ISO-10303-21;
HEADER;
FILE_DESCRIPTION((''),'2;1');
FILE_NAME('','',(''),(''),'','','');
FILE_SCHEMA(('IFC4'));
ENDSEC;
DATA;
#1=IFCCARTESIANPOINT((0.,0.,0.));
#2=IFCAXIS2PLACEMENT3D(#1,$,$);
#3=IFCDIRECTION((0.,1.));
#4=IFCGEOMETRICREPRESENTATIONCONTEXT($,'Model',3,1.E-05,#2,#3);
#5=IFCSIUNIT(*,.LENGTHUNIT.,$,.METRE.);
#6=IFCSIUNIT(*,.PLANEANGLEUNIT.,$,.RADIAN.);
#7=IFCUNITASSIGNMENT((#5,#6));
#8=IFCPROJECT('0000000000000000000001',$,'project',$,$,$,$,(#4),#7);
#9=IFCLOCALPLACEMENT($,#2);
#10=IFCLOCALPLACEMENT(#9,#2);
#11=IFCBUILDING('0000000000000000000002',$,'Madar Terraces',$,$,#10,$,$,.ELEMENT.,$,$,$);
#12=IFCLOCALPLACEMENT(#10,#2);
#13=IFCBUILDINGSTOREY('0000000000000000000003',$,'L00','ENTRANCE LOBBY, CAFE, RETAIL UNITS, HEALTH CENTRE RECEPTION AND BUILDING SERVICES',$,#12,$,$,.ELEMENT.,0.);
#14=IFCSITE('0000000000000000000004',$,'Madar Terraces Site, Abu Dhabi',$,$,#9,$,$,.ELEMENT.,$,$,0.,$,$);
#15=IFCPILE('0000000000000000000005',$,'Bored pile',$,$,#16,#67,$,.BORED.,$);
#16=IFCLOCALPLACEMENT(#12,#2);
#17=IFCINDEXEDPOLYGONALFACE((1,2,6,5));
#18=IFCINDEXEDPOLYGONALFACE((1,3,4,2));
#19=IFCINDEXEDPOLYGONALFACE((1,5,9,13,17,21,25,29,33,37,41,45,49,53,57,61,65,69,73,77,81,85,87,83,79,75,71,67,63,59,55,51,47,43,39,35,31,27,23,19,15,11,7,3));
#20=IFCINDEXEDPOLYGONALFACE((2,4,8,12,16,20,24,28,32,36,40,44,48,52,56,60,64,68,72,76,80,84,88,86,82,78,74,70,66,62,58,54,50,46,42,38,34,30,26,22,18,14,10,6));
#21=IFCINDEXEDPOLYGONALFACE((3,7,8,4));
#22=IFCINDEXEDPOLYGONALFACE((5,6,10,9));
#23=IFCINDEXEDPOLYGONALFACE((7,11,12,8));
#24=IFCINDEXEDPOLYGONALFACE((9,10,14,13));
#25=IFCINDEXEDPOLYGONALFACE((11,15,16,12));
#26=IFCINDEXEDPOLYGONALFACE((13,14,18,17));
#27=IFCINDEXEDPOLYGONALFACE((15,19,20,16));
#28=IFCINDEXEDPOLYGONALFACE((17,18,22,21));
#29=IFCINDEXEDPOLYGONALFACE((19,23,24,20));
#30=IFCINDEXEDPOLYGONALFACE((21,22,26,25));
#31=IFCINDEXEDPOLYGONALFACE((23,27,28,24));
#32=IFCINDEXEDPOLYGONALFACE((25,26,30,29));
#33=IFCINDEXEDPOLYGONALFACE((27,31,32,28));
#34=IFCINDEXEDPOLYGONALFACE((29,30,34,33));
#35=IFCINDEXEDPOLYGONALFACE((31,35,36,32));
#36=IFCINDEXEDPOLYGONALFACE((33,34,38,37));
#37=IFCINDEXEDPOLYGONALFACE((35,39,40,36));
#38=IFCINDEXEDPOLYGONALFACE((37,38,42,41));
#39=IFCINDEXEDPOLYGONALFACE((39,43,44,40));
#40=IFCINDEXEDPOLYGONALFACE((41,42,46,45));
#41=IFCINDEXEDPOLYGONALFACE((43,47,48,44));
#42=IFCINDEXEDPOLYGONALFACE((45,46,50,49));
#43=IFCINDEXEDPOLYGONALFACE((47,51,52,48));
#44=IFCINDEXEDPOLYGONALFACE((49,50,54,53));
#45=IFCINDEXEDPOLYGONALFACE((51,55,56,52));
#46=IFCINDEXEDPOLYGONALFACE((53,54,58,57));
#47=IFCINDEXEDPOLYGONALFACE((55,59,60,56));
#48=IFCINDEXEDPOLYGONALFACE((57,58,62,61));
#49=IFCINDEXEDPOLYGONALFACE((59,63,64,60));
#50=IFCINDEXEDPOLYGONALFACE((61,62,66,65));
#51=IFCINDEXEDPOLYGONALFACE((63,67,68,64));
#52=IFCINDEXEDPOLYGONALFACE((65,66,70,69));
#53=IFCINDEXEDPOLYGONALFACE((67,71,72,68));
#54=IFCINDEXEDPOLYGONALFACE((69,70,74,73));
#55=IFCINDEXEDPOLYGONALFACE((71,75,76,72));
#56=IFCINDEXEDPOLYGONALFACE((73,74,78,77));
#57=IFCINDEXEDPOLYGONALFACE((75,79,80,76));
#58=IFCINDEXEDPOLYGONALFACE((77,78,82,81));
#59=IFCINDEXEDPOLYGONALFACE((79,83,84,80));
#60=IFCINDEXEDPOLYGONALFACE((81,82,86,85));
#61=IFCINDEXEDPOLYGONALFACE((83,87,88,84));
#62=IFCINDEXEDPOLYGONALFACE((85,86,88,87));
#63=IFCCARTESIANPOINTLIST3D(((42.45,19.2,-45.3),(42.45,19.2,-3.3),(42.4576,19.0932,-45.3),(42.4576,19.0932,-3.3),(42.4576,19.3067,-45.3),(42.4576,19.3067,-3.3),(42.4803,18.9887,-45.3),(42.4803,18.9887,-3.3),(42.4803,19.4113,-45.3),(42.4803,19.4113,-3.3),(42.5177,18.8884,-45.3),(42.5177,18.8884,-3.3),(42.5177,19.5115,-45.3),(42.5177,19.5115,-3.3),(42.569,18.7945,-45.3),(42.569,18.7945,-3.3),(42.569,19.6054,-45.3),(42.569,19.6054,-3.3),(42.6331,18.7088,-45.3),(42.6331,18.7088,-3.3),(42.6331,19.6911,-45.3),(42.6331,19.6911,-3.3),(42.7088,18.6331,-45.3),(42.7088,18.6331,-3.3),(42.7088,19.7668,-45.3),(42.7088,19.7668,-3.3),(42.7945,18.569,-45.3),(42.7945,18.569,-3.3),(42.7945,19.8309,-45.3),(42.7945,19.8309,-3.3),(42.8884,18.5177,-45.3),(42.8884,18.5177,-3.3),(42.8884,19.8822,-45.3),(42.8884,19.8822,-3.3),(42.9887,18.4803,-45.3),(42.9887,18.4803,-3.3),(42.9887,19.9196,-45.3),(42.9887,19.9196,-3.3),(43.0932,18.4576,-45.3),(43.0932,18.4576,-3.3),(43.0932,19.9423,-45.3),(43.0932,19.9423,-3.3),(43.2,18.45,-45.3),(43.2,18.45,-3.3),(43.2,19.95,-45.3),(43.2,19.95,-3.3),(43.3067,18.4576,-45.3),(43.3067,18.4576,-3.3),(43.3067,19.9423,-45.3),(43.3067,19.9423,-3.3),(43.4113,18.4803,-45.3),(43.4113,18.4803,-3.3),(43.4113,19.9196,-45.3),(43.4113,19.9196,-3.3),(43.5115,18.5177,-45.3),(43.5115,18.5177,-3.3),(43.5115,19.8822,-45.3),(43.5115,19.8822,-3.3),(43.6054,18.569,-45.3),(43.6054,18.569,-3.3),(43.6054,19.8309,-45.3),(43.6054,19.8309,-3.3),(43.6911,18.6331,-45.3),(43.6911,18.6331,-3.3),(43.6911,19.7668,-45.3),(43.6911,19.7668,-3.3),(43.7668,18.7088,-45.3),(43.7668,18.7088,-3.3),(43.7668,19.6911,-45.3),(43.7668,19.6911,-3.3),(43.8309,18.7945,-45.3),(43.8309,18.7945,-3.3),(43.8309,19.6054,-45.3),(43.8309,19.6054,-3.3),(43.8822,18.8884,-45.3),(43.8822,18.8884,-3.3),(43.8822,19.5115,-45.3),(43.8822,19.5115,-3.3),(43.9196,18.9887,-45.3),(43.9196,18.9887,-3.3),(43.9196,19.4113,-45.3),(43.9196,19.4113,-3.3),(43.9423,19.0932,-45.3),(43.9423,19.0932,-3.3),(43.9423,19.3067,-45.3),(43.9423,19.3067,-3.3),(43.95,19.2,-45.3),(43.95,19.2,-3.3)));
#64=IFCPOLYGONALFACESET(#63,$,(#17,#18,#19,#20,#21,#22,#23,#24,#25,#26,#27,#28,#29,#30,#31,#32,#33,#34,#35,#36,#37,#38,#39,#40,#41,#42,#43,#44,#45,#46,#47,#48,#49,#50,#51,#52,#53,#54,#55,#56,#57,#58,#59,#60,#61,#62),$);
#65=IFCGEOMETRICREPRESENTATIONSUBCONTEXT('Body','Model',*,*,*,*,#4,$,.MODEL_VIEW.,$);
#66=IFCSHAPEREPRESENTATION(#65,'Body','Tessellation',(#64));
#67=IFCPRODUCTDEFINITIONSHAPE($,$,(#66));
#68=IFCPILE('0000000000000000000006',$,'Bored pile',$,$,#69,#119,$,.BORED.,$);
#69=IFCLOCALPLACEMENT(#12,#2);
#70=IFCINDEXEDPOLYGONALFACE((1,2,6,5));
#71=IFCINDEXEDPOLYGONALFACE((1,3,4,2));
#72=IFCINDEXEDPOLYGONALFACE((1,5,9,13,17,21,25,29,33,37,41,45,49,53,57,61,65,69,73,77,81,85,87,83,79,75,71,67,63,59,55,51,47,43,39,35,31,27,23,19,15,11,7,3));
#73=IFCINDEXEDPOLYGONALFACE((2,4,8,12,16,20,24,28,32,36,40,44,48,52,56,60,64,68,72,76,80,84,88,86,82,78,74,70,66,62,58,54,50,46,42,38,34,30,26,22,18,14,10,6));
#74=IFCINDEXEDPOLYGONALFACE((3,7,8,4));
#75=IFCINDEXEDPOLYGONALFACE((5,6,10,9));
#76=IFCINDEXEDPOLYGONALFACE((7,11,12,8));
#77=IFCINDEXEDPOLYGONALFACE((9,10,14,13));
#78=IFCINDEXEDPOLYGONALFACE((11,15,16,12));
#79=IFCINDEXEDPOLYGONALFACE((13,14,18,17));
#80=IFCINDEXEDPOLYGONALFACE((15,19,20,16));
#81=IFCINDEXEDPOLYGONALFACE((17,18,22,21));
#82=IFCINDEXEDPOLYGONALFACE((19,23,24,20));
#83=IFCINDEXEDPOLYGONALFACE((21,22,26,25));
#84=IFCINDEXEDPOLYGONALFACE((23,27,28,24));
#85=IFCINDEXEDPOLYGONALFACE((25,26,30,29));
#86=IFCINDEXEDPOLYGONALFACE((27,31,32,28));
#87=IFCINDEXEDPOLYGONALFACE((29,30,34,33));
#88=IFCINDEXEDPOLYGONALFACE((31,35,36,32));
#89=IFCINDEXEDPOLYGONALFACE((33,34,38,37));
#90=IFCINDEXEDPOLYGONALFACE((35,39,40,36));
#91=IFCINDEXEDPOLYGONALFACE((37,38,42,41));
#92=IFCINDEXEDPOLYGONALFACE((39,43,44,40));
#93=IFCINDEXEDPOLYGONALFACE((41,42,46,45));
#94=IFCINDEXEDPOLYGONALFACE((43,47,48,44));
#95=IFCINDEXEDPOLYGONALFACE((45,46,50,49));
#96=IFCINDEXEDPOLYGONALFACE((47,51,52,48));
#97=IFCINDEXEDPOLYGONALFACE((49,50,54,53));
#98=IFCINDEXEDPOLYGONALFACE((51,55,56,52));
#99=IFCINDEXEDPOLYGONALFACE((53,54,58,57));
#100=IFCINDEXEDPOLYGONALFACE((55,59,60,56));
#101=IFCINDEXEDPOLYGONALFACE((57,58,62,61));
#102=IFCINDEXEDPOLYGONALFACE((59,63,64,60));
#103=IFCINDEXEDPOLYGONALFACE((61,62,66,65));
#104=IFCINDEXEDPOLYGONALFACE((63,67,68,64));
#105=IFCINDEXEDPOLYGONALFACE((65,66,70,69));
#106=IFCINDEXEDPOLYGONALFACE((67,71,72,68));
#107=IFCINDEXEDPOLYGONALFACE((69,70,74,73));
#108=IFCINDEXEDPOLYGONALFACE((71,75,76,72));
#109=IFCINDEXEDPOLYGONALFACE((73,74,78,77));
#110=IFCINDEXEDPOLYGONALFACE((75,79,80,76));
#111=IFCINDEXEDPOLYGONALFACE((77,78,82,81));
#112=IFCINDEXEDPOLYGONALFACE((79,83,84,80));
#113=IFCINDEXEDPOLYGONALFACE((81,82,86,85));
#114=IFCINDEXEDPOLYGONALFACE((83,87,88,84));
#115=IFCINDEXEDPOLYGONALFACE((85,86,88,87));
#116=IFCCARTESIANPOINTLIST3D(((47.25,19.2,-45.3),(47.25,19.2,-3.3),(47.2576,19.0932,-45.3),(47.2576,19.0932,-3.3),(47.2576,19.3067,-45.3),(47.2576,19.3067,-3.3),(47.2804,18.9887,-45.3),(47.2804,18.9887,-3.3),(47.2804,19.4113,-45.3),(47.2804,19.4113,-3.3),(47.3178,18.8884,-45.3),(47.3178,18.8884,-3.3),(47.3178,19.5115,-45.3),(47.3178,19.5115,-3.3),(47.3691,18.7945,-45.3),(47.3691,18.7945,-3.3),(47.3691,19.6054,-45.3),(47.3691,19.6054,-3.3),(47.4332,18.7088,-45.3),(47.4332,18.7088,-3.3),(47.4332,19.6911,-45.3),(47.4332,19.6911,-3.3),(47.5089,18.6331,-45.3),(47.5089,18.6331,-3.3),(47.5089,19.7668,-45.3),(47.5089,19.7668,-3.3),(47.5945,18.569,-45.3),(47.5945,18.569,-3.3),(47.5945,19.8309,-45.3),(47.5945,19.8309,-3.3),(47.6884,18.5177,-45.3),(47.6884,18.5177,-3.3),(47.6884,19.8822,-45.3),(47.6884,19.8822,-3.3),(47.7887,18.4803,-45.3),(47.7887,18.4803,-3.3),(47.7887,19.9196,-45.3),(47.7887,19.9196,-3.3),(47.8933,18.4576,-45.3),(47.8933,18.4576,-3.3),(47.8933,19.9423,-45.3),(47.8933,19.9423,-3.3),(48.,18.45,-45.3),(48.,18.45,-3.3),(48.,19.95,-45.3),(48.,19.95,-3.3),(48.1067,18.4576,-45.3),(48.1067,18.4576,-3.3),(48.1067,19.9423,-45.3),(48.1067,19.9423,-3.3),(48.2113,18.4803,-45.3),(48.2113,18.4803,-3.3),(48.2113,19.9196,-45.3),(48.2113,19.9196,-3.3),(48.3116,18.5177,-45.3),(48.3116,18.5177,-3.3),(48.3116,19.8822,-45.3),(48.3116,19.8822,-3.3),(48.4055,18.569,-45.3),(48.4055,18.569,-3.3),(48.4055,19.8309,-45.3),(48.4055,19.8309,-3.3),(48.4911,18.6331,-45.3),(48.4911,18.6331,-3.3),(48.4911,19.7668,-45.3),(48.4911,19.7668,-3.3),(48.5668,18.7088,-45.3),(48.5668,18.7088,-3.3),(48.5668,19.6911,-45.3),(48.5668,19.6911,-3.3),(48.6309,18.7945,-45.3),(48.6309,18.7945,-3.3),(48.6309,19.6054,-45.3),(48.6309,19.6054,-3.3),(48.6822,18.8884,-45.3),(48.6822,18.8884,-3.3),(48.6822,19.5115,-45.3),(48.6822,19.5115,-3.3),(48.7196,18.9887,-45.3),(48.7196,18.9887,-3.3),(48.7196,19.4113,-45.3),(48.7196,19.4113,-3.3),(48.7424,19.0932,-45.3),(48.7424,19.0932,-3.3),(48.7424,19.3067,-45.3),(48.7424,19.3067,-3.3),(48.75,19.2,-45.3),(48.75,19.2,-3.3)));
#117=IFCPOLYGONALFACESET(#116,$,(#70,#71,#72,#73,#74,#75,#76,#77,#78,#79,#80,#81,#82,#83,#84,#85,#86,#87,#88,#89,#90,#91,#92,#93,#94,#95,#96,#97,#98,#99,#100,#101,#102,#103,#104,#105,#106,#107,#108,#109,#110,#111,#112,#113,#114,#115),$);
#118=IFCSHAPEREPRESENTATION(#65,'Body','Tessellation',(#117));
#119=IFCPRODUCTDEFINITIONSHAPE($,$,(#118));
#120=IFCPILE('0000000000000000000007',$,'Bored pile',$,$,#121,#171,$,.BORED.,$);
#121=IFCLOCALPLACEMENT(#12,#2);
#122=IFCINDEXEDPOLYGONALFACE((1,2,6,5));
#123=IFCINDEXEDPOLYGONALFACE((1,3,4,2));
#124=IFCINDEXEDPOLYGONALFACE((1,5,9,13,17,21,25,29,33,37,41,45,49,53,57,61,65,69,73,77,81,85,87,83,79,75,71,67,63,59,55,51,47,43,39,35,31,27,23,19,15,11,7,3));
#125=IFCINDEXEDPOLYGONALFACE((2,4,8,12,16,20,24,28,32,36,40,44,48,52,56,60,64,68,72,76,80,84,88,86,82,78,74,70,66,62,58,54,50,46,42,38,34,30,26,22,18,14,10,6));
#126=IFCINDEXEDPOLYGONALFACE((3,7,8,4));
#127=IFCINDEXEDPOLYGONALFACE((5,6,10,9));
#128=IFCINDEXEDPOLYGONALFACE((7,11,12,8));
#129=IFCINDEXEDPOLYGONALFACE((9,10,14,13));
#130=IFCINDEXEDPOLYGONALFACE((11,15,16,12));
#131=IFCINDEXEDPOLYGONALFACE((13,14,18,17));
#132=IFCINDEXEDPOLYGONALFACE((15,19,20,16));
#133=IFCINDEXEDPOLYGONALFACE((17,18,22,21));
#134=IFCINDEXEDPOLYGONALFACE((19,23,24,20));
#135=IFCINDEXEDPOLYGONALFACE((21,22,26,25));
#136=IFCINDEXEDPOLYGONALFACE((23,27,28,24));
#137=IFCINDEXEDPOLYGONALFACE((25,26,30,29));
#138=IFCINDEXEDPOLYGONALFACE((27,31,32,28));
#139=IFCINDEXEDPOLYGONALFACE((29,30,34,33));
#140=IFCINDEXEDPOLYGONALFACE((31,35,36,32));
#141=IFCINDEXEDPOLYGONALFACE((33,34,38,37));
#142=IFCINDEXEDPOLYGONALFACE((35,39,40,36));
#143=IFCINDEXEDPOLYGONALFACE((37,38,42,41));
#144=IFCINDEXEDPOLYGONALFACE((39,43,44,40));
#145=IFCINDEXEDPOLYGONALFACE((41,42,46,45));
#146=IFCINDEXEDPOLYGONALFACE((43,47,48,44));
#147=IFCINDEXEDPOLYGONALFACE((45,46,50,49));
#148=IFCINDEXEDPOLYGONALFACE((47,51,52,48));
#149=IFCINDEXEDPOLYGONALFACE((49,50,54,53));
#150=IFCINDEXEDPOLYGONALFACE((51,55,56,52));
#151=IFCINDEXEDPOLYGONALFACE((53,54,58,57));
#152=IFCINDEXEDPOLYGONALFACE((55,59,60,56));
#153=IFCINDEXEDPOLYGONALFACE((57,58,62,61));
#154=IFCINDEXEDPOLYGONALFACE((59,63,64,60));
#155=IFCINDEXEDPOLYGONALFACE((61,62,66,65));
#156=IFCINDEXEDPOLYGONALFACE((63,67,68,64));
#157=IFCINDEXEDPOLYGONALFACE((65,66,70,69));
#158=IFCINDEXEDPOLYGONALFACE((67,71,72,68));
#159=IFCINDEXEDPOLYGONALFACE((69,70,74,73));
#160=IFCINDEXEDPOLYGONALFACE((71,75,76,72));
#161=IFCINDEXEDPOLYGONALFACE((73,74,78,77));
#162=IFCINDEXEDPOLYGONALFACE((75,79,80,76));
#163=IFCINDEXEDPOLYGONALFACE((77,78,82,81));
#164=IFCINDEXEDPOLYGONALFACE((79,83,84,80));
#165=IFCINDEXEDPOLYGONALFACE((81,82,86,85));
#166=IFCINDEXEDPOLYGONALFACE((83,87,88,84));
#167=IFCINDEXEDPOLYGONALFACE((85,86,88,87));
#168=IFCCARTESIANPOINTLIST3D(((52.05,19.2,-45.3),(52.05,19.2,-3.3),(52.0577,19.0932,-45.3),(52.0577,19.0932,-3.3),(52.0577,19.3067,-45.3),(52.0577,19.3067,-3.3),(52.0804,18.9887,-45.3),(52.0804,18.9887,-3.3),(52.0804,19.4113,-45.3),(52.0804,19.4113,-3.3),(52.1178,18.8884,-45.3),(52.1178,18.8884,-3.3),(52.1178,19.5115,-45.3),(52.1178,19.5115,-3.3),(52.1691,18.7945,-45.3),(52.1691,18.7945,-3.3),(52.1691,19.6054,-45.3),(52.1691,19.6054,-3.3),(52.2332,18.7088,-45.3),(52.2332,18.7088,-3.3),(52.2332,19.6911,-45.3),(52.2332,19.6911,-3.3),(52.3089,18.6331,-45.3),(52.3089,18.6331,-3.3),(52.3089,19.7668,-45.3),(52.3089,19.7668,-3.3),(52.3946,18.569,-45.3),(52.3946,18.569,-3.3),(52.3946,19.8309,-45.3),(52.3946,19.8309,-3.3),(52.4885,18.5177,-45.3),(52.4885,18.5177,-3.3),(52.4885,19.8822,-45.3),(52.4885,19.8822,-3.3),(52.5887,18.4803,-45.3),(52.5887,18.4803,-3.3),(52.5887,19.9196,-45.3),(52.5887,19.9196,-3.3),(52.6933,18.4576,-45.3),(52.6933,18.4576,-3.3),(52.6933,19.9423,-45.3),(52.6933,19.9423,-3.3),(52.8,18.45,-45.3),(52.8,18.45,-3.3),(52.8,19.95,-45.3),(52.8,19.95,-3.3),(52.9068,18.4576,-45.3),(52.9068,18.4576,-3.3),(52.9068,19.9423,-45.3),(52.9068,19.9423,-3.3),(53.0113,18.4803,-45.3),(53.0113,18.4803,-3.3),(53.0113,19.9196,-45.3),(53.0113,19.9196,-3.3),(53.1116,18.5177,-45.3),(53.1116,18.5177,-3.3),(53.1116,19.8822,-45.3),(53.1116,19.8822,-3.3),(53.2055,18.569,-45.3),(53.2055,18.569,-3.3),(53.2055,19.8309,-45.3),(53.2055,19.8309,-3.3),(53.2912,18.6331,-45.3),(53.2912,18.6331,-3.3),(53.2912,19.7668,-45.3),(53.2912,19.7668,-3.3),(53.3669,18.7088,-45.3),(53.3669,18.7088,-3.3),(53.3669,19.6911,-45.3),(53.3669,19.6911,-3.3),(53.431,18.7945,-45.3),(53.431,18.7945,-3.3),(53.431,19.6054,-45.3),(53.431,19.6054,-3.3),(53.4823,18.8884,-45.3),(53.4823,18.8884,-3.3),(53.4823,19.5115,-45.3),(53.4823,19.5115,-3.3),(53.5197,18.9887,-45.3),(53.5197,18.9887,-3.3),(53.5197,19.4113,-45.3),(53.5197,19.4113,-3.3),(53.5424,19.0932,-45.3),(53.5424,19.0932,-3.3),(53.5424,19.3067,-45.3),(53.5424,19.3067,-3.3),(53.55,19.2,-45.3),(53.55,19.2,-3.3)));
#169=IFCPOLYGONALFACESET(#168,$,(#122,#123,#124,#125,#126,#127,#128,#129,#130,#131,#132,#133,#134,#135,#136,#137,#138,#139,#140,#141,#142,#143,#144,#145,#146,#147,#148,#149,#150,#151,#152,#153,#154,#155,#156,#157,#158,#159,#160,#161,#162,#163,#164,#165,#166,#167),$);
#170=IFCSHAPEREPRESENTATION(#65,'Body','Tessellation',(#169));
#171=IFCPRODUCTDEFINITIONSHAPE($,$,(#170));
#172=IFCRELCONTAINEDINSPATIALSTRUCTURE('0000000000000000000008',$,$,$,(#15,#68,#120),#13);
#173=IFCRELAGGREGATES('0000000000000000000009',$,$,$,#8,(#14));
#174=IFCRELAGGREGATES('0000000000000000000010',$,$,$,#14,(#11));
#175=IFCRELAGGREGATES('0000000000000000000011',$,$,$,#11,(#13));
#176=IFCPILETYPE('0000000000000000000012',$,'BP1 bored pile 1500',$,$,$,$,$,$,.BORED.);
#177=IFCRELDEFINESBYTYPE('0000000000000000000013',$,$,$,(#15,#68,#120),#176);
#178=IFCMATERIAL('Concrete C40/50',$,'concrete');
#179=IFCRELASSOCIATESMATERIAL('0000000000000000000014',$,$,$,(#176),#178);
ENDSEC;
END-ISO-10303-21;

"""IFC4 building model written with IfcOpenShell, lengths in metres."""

from ifc_helpers import new_model, si_unit, direction, frame, origin, origin_2d, place, context, subcontext, project, spatial, circle, extrude, material, material_profile, profile_set, type_object, element, save


model = new_model("IFC4")

# Units and contexts
model_context = context("Model", 3, precision=1e-05, world=origin(), true_north=direction((0.0, 1.0)))
body_context = subcontext(model_context, "Body", "Model", "MODEL_VIEW")
ifc_project = project(units=[si_unit("LENGTHUNIT", "METRE"), si_unit("PLANEANGLEUNIT", "RADIAN")], contexts=[model_context])

# Site, building, storey
site_placement = place(None, origin())
site = spatial("IfcSite", under=ifc_project, at=site_placement, Name="Madar Terraces Site, Abu Dhabi", CompositionType="ELEMENT", RefElevation=0.0)
building_placement = place(site_placement, origin())
building = spatial("IfcBuilding", under=site, at=building_placement, Name="Madar Terraces", CompositionType="ELEMENT")
storey_placement = place(building_placement, origin())
storey = spatial("IfcBuildingStorey", under=building, at=storey_placement, Name="L00", Description="ENTRANCE LOBBY, CAFE, RETAIL UNITS, HEALTH CENTRE RECEPTION AND BUILDING SERVICES", CompositionType="ELEMENT", Elevation=0.0)

# Piles
ifc_material_1 = material(Name="Concrete C40/50", Category="concrete")
ifc_material_profile = material_profile(ifc_material_1, circle(Radius=0.75, at=origin_2d()), Name="BP1 bored pile 1500")
ifc_profile_set = profile_set([ifc_material_profile], Name="Concrete C40/50")
pile_type = type_object("IfcPileType", Name="BP1 bored pile 1500", PredefinedType="BORED", material=ifc_profile_set)
for number, where, z_axis, x_axis, name in (
    (1, (43.2, 19.2, -3.3), (0.0, 0.0, -1.0), (1.0, 0.0, 0.0), "Bored pile"),
    (2, (48.0, 19.2, -3.3), (0.0, 0.0, -1.0), (1.0, 0.0, 0.0), "Bored pile"),
    (3, (52.8, 19.2, -3.3), (0.0, 0.0, -1.0), (1.0, 0.0, 0.0), "Bored pile"),
):
    element("IfcPile", number, at=place(storey_placement, frame(where, z_axis=z_axis, x_axis=x_axis)), inside=storey, type_object=pile_type, Name=name, PredefinedType="BORED", context=body_context, shape_type="SweptSolid", body=[
        extrude(circle(Radius=0.75, at=origin_2d()), origin(), (0.0, 0.0, 1.0), 42.0),
    ])

save(model, "model.ifc")
